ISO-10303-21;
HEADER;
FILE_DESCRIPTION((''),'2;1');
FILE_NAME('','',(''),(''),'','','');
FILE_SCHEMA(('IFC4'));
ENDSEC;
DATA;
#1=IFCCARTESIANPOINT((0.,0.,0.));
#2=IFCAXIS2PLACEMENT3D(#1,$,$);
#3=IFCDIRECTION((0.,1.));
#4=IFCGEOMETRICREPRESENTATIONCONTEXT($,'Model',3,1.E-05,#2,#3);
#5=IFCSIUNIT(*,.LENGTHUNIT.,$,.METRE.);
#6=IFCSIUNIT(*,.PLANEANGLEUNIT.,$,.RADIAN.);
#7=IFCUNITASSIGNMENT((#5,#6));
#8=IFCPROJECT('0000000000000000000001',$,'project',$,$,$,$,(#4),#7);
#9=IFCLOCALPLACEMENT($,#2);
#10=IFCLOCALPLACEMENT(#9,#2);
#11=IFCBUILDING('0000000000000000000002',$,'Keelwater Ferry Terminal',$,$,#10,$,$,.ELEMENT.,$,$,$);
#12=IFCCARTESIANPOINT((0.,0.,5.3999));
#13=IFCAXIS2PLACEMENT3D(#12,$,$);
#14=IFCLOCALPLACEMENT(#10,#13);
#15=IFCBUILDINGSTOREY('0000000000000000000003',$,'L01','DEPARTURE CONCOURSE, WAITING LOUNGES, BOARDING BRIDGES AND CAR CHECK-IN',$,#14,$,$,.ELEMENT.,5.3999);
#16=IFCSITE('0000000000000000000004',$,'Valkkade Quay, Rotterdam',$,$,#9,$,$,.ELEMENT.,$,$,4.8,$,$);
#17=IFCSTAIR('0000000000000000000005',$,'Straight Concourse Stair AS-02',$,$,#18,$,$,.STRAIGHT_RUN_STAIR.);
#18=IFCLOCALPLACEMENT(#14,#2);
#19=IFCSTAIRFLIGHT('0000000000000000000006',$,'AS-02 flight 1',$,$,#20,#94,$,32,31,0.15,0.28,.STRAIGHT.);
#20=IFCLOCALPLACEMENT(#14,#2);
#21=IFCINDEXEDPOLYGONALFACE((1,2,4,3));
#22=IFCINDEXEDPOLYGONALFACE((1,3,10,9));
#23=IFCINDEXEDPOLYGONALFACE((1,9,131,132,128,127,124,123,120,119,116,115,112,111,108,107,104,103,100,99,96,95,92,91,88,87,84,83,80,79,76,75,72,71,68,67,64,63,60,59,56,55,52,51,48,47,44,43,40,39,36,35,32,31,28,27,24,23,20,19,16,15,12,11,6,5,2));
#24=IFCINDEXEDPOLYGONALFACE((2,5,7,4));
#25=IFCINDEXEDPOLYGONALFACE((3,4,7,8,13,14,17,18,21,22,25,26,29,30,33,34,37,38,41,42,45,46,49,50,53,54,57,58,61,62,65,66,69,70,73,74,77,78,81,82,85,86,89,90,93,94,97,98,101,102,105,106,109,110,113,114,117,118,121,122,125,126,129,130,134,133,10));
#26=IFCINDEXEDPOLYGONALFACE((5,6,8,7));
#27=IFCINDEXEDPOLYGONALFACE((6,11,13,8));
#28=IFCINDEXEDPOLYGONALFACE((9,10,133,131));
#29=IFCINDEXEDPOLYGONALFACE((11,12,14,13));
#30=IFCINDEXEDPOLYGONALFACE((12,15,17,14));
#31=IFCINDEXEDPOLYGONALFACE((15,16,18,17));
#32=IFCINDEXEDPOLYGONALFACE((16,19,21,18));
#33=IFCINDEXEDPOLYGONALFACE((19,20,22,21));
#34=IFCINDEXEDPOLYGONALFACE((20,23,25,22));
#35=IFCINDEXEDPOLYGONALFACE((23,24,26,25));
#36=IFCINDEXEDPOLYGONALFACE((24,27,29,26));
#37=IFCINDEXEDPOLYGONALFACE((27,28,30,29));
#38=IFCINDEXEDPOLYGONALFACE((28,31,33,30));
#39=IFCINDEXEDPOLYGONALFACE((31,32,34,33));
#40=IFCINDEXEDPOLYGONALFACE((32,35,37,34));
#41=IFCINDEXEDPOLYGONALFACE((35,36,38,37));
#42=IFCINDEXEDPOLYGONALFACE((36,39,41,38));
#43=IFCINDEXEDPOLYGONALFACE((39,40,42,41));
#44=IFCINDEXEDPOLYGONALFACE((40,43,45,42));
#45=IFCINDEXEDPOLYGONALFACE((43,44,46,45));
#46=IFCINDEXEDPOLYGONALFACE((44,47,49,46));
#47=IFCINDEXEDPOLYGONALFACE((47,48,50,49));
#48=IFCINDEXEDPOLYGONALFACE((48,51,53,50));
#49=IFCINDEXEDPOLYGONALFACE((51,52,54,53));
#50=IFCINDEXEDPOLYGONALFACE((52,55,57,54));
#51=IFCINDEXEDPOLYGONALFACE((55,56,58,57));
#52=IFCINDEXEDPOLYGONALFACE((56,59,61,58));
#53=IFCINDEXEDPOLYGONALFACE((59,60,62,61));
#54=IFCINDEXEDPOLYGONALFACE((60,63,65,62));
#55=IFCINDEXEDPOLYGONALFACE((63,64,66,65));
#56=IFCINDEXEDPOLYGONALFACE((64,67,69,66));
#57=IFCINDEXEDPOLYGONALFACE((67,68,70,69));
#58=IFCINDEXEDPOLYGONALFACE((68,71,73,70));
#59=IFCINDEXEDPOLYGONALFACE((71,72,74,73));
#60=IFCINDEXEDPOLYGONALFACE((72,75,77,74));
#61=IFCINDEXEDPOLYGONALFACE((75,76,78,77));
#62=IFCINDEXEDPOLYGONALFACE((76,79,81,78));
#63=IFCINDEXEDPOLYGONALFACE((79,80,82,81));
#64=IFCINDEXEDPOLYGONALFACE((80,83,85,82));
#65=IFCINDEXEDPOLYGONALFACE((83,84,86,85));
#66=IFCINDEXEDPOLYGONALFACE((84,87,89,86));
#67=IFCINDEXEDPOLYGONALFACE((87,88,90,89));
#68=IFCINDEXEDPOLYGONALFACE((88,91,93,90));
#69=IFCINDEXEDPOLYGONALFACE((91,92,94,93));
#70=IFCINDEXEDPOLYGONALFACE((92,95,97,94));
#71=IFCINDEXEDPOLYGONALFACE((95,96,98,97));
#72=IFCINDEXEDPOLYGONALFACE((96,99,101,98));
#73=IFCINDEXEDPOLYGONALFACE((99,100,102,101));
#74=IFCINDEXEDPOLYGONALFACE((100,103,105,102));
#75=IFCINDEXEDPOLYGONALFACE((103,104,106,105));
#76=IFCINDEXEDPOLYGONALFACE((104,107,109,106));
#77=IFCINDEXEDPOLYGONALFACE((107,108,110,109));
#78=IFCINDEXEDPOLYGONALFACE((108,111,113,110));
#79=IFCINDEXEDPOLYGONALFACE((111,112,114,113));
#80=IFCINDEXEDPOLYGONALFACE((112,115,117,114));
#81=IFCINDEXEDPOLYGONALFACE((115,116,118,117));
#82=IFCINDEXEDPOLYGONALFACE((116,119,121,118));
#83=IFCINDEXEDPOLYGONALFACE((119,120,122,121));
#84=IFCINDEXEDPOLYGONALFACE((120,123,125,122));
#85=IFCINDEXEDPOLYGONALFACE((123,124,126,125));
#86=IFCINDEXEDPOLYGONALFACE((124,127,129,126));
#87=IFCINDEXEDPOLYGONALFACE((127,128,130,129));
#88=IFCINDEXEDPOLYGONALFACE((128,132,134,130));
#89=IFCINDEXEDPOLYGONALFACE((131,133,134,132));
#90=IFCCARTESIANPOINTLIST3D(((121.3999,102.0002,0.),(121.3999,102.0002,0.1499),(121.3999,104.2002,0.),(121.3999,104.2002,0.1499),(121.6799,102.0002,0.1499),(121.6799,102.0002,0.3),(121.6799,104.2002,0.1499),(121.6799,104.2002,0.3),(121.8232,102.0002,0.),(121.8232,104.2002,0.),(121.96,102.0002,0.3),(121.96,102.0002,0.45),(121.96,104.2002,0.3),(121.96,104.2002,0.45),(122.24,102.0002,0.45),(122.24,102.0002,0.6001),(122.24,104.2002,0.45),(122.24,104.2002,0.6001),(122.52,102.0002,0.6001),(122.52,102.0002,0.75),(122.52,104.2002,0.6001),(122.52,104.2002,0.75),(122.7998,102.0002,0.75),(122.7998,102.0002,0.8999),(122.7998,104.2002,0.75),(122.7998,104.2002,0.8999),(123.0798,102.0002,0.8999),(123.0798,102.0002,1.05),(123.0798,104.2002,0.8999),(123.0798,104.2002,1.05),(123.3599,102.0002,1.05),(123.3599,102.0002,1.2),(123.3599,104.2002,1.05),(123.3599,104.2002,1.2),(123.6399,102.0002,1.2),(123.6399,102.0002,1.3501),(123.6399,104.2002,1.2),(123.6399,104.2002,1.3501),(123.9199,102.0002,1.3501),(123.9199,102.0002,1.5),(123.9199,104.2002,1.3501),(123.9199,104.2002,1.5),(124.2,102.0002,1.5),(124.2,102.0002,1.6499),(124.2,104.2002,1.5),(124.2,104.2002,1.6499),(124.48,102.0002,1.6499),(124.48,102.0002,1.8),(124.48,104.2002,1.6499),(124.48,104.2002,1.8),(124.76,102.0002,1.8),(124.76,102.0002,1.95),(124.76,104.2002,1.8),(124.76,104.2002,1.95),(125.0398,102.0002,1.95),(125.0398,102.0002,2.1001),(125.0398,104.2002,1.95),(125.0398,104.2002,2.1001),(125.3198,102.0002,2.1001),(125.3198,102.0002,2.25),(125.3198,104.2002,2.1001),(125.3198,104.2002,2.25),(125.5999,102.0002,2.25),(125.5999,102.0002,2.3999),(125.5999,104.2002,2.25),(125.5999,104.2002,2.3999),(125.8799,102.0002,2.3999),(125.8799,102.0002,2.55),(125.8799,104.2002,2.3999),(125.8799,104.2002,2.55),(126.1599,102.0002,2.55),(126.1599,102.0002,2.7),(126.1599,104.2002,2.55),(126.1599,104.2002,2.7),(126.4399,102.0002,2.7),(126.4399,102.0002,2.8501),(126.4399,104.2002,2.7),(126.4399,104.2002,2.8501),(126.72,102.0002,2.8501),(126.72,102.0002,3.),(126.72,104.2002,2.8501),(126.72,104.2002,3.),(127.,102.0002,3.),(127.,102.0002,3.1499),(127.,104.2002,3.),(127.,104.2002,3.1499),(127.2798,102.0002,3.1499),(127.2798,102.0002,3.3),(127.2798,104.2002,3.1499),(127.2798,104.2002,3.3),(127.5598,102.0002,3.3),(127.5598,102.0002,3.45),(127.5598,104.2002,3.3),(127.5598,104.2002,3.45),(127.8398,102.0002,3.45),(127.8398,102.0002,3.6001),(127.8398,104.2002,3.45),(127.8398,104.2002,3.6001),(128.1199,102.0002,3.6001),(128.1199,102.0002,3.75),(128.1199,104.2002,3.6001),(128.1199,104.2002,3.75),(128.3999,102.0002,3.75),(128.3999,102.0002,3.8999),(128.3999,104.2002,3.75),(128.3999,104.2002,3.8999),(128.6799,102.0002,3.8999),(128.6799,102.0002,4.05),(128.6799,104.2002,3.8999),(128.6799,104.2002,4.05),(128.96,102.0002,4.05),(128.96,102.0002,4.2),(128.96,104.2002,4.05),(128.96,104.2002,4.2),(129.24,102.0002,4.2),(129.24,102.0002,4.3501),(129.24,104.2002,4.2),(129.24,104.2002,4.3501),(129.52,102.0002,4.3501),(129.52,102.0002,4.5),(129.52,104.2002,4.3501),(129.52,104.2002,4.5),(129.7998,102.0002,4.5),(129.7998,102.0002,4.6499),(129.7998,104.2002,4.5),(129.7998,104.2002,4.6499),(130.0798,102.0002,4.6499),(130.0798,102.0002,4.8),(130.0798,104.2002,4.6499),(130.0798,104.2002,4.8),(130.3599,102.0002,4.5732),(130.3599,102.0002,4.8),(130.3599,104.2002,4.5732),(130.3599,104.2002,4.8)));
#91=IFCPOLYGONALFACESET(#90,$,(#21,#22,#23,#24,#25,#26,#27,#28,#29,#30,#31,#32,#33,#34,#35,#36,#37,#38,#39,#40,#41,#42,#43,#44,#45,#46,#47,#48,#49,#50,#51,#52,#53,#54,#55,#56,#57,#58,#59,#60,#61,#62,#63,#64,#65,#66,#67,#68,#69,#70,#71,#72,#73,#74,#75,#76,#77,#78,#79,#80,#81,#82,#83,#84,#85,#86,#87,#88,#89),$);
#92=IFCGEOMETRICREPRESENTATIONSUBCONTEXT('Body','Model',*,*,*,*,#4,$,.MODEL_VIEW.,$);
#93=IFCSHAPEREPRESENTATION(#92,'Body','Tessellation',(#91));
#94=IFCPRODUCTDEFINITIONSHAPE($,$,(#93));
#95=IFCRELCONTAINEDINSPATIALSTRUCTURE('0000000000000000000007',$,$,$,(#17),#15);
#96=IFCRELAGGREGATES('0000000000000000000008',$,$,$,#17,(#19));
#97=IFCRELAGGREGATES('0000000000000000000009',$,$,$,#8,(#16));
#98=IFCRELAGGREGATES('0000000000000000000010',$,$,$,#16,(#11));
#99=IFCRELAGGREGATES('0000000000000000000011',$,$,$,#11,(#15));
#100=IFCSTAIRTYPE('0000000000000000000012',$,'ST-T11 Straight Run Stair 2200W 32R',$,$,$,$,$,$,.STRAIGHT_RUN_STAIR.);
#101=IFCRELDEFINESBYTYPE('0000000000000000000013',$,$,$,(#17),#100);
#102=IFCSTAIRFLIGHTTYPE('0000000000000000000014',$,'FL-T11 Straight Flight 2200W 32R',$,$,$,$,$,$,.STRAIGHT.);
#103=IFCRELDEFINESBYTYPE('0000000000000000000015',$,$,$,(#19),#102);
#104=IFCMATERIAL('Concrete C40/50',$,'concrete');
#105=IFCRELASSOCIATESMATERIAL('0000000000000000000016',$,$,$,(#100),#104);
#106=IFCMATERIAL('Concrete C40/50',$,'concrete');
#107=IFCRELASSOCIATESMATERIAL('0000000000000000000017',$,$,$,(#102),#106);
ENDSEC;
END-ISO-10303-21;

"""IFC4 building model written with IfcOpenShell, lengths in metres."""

from ifc_helpers import new_model, si_unit, direction, frame, origin, place, context, subcontext, project, spatial, polyline, outline, extrude, material, type_object, element, aggregate, save


model = new_model("IFC4")

# Units and contexts
model_context = context("Model", 3, precision=1e-05, world=origin(), true_north=direction((0.0, 1.0)))
body_context = subcontext(model_context, "Body", "Model", "MODEL_VIEW")
ifc_project = project(units=[si_unit("LENGTHUNIT", "METRE"), si_unit("PLANEANGLEUNIT", "RADIAN")], contexts=[model_context])

# Site, building, storey
site_placement = place(None, origin())
site = spatial("IfcSite", under=ifc_project, at=site_placement, Name="Valkkade Quay, Rotterdam", CompositionType="ELEMENT", RefElevation=4.8)
building_placement = place(site_placement, origin())
building = spatial("IfcBuilding", under=site, at=building_placement, Name="Keelwater Ferry Terminal", CompositionType="ELEMENT")
storey_placement = place(building_placement, frame((0.0, 0.0, 5.3999)))
storey = spatial("IfcBuildingStorey", under=building, at=storey_placement, Name="L01", Description="DEPARTURE CONCOURSE, WAITING LOUNGES, BOARDING BRIDGES AND CAR CHECK-IN", CompositionType="ELEMENT", Elevation=5.3999)

# Stair, stair flight
ifc_material_1 = material(Name="Concrete C40/50", Category="concrete")
stair_type_1 = type_object("IfcStairType", Name="ST-T11 Straight Run Stair 2200W 32R", PredefinedType="STRAIGHT_RUN_STAIR", material=ifc_material_1)
stair_1_placement = place(storey_placement, origin())
stair_1 = element("IfcStair", 1, at=stair_1_placement, inside=storey, type_object=stair_type_1, Name="Straight Concourse Stair AS-02", PredefinedType="STRAIGHT_RUN_STAIR")
ifc_material_2 = material(Name="Concrete C40/50", Category="concrete")
stair_flight_type_1 = type_object("IfcStairFlightType", Name="FL-T11 Straight Flight 2200W 32R", PredefinedType="STRAIGHT", material=ifc_material_2)
stair_flight_1_placement = place(storey_placement, frame((121.3999, 103.1001, 0.0), z_axis=(0.0, 0.0, 1.0), x_axis=(1.0, 0.0, 0.0)))
stair_flight_1 = element("IfcStairFlight", 2, at=stair_flight_1_placement, type_object=stair_flight_type_1, Name="AS-02 flight 1", NumberOfRisers=32, NumberOfTreads=31, PredefinedType="STRAIGHT", RiserHeight=0.15, TreadLength=0.28, context=body_context, shape_type="SweptSolid", body=[
    extrude(outline(polyline([(0.0, 0.0), (0.0, 0.1499), (0.28, 0.1499), (0.28, 0.3), (0.5601, 0.3), (0.5601, 0.45), (0.8401, 0.45), (0.8401, 0.6001), (1.1201, 0.6001), (1.1201, 0.75), (1.3999, 0.75), (1.3999, 0.8999), (1.6799, 0.8999), (1.6799, 1.05), (1.96, 1.05), (1.96, 1.2), (2.24, 1.2), (2.24, 1.3501), (2.52, 1.3501), (2.52, 1.5), (2.8, 1.5), (2.8, 1.6499), (3.0801, 1.6499), (3.0801, 1.8), (3.3601, 1.8), (3.3601, 1.95), (3.6399, 1.95), (3.6399, 2.1001), (3.9199, 2.1001), (3.9199, 2.25), (4.2, 2.25), (4.2, 2.3999), (4.48, 2.3999), (4.48, 2.55), (4.76, 2.55), (4.76, 2.7), (5.04, 2.7), (5.04, 2.8501), (5.3201, 2.8501), (5.3201, 3.0), (5.6001, 3.0), (5.6001, 3.1499), (5.8799, 3.1499), (5.8799, 3.3), (6.1599, 3.3), (6.1599, 3.45), (6.4399, 3.45), (6.4399, 3.6001), (6.72, 3.6001), (6.72, 3.75), (7.0, 3.75), (7.0, 3.8999), (7.28, 3.8999), (7.28, 4.05), (7.5601, 4.05), (7.5601, 4.2), (7.8401, 4.2), (7.8401, 4.3501), (8.1201, 4.3501), (8.1201, 4.5), (8.3999, 4.5), (8.3999, 4.6499), (8.6799, 4.6499), (8.6799, 4.8), (8.96, 4.8), (8.96, 4.5732), (0.4233, 0.0), (0.0, 0.0)])), frame((0.0, 1.1001, 0.0), z_axis=(0.0, -1.0, 0.0), x_axis=(1.0, 0.0, 0.0)), (0.0, 0.0, 1.0), 2.2),
])
aggregate(stair_1, [stair_flight_1])

save(model, "model.ifc")
